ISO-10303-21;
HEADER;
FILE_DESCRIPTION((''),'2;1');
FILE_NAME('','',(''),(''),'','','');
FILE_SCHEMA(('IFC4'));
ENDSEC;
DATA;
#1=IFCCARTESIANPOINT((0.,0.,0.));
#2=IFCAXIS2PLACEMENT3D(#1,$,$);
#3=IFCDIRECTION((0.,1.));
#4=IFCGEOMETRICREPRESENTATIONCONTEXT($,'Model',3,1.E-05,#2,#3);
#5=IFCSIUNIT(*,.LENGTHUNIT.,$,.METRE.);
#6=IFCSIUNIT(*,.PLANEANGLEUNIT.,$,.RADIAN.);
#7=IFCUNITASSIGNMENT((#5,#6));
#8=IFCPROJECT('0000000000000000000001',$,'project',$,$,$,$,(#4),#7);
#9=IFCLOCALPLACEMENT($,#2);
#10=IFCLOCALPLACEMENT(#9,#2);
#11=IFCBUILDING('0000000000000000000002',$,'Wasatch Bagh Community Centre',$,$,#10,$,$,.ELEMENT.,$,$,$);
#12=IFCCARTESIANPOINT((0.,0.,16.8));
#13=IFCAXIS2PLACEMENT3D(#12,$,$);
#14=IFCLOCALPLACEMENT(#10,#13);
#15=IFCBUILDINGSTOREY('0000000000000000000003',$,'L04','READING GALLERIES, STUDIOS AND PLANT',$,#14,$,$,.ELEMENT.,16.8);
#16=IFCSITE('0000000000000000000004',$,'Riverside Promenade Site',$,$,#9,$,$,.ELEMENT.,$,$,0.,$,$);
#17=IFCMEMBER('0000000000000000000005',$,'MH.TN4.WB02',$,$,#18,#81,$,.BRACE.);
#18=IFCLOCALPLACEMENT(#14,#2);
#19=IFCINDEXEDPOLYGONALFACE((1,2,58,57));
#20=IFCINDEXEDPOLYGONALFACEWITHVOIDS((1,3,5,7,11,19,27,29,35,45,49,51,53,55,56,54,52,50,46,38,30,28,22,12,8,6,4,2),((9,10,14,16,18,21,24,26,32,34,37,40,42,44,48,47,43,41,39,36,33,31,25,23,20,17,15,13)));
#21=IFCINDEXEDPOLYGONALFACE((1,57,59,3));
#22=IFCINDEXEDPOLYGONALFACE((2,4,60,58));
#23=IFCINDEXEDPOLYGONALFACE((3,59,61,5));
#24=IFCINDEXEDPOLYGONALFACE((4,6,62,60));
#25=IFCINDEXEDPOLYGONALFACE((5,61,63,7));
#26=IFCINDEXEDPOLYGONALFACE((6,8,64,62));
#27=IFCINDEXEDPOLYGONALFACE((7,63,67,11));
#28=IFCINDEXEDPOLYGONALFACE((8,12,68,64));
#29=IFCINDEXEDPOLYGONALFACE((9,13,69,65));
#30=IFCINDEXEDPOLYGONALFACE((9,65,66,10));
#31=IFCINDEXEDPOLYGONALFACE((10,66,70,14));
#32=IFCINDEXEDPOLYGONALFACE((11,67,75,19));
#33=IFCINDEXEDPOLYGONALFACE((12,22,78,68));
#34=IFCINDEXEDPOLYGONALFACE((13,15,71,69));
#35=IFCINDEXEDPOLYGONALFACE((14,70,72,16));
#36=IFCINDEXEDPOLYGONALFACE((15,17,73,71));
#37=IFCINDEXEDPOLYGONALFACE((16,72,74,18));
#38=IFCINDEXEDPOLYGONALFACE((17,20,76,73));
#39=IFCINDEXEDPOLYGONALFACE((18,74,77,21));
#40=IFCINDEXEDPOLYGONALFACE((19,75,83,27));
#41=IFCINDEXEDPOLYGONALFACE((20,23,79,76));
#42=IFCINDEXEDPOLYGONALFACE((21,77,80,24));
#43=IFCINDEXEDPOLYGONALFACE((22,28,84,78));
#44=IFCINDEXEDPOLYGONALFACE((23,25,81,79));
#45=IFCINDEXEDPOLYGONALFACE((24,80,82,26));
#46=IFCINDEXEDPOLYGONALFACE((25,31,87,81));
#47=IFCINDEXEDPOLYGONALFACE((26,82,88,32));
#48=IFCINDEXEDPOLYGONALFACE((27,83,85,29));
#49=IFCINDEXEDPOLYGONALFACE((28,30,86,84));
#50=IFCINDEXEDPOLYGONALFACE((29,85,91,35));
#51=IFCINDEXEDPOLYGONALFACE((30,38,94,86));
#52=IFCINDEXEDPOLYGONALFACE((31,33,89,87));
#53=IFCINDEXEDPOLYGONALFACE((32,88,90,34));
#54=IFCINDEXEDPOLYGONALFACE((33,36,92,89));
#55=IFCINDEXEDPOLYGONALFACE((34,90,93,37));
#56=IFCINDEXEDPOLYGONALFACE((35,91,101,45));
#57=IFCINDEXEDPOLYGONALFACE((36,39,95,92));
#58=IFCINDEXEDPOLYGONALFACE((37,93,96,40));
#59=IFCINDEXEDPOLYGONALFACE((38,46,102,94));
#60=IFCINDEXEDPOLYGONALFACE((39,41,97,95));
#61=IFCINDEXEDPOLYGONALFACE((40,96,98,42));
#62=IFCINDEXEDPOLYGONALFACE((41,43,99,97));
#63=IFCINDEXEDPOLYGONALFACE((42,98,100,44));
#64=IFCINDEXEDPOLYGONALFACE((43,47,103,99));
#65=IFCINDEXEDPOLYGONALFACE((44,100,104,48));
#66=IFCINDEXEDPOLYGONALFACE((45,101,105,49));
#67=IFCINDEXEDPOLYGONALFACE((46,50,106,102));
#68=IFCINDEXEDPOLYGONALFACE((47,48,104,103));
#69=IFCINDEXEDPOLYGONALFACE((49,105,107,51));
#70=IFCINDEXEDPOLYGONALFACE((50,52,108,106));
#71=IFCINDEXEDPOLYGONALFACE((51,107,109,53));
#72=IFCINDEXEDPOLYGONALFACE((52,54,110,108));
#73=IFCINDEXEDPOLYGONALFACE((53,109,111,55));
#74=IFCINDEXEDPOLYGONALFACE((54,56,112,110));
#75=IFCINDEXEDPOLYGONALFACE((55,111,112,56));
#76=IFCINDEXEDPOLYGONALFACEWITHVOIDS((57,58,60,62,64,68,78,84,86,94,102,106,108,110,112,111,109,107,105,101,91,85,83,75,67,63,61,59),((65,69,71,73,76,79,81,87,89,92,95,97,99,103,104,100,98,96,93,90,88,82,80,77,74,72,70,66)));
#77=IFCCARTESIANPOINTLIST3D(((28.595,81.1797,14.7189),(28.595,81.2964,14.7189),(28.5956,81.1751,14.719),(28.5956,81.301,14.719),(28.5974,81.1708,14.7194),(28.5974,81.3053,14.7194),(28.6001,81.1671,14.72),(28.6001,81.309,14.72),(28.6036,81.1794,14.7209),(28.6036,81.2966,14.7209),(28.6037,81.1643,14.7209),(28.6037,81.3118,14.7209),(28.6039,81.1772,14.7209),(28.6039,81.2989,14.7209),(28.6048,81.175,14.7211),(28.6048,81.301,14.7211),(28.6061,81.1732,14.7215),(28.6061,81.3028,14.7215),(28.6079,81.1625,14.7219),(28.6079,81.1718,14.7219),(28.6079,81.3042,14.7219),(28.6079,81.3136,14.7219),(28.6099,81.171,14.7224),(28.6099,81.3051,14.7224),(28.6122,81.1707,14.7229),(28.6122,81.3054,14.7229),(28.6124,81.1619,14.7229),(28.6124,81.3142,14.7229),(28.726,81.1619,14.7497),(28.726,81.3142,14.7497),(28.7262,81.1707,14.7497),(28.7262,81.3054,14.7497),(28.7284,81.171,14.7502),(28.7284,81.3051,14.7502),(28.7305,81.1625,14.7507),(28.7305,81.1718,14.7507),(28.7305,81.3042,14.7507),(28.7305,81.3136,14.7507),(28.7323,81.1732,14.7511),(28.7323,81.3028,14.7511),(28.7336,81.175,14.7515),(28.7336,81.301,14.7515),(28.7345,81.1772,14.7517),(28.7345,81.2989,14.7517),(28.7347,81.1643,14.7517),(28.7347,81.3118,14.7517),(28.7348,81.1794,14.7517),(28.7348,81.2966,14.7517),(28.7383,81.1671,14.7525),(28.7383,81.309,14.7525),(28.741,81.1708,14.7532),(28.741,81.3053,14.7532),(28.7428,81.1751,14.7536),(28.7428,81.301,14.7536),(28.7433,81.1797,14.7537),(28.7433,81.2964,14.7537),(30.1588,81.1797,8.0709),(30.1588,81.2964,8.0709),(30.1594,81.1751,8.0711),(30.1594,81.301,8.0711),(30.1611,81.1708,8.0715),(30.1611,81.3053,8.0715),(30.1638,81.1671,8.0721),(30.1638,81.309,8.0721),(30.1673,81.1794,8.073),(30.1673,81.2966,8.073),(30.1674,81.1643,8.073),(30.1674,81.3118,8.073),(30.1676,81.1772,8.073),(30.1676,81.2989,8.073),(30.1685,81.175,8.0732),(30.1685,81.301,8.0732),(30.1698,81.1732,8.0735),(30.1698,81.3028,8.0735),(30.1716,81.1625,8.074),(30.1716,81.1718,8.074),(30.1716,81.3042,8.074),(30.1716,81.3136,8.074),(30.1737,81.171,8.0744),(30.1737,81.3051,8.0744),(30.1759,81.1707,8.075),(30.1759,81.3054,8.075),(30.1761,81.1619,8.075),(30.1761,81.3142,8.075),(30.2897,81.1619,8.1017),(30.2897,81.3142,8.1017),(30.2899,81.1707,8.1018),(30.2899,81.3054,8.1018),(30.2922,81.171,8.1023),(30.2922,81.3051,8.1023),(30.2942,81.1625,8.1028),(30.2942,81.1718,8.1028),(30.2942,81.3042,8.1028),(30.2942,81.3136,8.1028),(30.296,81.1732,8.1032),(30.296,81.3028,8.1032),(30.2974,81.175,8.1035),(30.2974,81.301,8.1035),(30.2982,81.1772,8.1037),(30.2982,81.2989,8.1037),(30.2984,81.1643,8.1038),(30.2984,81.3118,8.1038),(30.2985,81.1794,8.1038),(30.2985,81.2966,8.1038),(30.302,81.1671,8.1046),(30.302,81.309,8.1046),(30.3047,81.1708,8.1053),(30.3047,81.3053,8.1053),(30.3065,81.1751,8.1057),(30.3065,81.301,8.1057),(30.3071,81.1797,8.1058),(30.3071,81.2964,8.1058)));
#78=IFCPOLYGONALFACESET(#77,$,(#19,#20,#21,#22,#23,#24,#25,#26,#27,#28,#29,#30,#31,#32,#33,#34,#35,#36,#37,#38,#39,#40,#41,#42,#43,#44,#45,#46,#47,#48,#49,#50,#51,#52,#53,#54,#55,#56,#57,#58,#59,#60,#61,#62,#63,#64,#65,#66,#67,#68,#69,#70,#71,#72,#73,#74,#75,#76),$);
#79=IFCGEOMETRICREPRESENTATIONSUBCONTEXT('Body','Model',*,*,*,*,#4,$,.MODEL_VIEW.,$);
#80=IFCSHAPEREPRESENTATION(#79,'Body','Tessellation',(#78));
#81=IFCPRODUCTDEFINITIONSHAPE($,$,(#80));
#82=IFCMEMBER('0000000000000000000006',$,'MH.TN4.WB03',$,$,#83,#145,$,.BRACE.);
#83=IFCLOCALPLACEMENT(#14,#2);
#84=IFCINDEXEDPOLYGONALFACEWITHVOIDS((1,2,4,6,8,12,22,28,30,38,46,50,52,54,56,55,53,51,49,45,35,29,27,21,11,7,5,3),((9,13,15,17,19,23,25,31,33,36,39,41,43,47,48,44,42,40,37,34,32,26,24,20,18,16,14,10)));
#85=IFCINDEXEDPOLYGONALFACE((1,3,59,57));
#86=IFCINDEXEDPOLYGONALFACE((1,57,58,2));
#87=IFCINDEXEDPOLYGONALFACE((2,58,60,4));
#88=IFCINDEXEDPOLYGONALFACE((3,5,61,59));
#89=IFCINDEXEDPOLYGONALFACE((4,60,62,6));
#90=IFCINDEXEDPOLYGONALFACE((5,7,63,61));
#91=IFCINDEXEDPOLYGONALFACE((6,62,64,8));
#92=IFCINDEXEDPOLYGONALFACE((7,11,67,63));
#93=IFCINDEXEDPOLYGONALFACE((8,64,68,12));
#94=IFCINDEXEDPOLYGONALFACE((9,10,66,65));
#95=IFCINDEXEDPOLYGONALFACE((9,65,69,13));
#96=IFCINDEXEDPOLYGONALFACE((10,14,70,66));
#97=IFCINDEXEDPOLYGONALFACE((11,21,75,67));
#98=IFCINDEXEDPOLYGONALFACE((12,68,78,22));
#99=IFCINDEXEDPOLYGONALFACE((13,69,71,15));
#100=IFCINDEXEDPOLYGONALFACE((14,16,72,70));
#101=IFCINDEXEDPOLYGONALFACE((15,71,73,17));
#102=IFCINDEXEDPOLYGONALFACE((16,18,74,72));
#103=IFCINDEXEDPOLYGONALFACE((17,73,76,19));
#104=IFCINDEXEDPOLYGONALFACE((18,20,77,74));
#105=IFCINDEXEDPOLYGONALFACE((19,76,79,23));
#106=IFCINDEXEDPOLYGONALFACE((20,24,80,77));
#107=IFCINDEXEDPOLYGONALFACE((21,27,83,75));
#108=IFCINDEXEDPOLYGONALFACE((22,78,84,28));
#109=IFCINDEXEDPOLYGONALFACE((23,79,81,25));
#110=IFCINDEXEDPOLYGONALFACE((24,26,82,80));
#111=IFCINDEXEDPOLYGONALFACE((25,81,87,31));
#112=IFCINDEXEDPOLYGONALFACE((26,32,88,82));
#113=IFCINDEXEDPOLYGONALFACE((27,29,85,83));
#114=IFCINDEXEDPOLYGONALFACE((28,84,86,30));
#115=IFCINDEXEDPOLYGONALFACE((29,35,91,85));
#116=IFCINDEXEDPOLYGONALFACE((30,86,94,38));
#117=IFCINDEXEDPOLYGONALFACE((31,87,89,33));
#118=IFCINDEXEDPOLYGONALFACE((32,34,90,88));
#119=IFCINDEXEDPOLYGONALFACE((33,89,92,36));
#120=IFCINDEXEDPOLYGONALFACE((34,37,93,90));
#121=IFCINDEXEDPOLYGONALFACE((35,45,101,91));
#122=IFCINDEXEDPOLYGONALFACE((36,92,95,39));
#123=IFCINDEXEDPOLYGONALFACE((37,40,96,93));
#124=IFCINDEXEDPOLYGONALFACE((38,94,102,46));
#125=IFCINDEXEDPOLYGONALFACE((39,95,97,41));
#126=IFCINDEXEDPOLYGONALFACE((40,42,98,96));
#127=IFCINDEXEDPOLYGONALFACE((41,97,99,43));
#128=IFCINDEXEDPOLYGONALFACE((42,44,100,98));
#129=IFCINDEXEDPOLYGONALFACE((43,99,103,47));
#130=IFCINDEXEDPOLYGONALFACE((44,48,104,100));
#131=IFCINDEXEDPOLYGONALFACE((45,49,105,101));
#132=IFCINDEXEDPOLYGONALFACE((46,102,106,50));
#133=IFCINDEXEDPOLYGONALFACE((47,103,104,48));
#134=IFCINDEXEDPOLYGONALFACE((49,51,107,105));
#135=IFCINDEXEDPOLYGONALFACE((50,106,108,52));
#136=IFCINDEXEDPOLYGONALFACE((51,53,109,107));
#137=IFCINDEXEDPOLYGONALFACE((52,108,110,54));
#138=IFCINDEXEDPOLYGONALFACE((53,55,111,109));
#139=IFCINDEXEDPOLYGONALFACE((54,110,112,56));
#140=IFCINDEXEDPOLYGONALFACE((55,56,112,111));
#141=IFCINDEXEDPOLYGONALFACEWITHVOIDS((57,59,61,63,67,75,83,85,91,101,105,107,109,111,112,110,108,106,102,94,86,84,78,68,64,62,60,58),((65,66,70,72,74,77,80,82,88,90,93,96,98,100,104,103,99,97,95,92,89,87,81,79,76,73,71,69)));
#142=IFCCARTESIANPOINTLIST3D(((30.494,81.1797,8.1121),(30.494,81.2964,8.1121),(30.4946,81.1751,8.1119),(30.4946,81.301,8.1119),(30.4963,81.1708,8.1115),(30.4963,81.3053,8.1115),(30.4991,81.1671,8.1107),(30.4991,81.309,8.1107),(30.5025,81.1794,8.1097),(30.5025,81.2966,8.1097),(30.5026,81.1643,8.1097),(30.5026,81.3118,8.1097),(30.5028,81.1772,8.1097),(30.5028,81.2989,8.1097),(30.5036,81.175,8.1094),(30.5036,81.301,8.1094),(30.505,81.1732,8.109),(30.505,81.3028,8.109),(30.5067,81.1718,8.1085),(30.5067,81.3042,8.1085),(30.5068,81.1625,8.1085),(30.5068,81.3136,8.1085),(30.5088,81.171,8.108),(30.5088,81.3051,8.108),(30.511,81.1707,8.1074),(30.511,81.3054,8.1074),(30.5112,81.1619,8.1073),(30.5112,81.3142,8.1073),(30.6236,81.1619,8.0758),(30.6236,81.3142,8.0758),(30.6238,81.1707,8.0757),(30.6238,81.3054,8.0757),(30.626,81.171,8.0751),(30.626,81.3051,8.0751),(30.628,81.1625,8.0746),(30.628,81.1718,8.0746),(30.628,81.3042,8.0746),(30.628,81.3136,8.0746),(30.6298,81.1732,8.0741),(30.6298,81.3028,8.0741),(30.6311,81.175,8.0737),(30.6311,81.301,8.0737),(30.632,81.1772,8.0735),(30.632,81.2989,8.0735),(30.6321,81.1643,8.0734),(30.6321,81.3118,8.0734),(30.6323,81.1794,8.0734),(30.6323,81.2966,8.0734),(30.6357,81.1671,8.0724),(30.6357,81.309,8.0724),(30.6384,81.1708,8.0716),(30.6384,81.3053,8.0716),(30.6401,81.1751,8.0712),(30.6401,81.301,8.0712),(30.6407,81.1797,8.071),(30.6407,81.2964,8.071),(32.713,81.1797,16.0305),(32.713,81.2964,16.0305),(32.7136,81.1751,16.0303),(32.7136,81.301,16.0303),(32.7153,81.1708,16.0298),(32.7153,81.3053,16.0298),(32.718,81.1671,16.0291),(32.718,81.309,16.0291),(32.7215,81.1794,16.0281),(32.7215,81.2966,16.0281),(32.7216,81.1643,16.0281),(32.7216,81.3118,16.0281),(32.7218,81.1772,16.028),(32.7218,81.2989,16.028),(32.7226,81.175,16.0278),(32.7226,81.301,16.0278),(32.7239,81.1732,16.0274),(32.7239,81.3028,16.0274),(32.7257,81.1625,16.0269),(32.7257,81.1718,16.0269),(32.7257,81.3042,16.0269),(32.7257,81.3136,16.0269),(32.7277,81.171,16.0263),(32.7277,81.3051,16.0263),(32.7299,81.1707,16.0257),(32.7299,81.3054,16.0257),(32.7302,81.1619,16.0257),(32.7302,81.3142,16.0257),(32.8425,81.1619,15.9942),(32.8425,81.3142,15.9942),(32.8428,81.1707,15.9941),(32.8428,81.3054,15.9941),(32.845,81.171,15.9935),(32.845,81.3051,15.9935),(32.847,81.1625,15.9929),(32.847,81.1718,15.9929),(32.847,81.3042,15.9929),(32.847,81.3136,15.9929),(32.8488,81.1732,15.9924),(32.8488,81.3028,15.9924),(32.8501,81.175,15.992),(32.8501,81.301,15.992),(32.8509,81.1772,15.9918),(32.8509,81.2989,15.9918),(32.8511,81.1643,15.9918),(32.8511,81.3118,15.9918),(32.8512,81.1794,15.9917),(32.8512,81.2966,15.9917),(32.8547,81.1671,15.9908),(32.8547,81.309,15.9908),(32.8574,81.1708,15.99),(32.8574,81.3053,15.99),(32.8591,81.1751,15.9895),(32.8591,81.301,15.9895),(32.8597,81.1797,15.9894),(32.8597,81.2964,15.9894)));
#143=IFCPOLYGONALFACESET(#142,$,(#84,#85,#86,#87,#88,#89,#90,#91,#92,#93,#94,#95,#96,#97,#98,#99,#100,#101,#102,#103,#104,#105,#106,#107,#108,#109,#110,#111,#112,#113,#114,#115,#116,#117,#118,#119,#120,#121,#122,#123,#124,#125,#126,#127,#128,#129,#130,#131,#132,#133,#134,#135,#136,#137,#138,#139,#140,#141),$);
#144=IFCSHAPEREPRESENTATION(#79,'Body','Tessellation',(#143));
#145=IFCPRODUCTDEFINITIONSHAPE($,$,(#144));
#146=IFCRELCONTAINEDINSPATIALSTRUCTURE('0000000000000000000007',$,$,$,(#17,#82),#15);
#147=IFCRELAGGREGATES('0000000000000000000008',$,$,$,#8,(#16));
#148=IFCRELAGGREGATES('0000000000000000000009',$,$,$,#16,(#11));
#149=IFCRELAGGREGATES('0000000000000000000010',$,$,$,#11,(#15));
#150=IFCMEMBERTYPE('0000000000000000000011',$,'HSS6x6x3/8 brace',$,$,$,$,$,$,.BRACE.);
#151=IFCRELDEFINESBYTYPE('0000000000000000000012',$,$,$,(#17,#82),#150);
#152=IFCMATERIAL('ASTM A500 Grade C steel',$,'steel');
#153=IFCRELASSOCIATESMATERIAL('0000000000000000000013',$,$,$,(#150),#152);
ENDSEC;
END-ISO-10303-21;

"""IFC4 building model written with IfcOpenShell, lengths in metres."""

from ifc_helpers import new_model, si_unit, direction, frame, origin, origin_2d, place, context, subcontext, project, spatial, hollow_rectangle, extrude, material, material_profile, profile_set, type_object, element, save


model = new_model("IFC4")

# Units and contexts
model_context = context("Model", 3, precision=1e-05, world=origin(), true_north=direction((0.0, 1.0)))
body_context = subcontext(model_context, "Body", "Model", "MODEL_VIEW")
ifc_project = project(units=[si_unit("LENGTHUNIT", "METRE"), si_unit("PLANEANGLEUNIT", "RADIAN")], contexts=[model_context])

# Site, building, storey
site_placement = place(None, origin())
site = spatial("IfcSite", under=ifc_project, at=site_placement, Name="Riverside Promenade Site", CompositionType="ELEMENT", RefElevation=0.0)
building_placement = place(site_placement, origin())
building = spatial("IfcBuilding", under=site, at=building_placement, Name="Wasatch Bagh Community Centre", CompositionType="ELEMENT")
storey_placement = place(building_placement, frame((0.0, 0.0, 16.8)))
storey = spatial("IfcBuildingStorey", under=building, at=storey_placement, Name="L04", Description="READING GALLERIES, STUDIOS AND PLANT", CompositionType="ELEMENT", Elevation=16.8)

# Members
ifc_material_1 = material(Name="ASTM A500 Grade C steel", Category="steel")
ifc_material_profile_1 = material_profile(ifc_material_1, hollow_rectangle(XDim=0.1523, YDim=0.1523, WallThickness=0.0088, InnerFilletRadius=0.0088, OuterFilletRadius=0.0178, at=origin_2d()), Name="HSS6x6x3/8")
ifc_profile_set_1 = profile_set([ifc_material_profile_1], Name="ASTM A500 Grade C steel")
member_type_1 = type_object("IfcMemberType", Name="HSS6x6x3/8 brace", PredefinedType="BRACE", material=ifc_profile_set_1)
member_1_placement = place(storey_placement, frame((30.2329, 81.238, 8.0884), z_axis=(-0.22897, 0.0, 0.973434), x_axis=(0.0, -1.0, 0.0)))
element("IfcMember", 1, at=member_1_placement, inside=storey, type_object=member_type_1, Name="MH.TN4.WB02", PredefinedType="BRACE", context=body_context, shape_type="SweptSolid", body=[
    extrude(hollow_rectangle(XDim=0.1523, YDim=0.1523, WallThickness=0.0088, InnerFilletRadius=0.0088, OuterFilletRadius=0.0178, at=origin_2d()), origin(), (0.0, 0.0, 1.0), 6.8293),
])
member_2_placement = place(storey_placement, frame((30.5674, 81.238, 8.0916), z_axis=(0.269836, 0.0, 0.962906), x_axis=(0.0, 1.0, 0.0)))
element("IfcMember", 2, at=member_2_placement, inside=storey, type_object=member_type_1, Name="MH.TN4.WB03", PredefinedType="BRACE", context=body_context, shape_type="SweptSolid", body=[
    extrude(hollow_rectangle(XDim=0.1523, YDim=0.1523, WallThickness=0.0088, InnerFilletRadius=0.0088, OuterFilletRadius=0.0178, at=origin_2d()), origin(), (0.0, 0.0, 1.0), 8.2234),
])

save(model, "model.ifc")
